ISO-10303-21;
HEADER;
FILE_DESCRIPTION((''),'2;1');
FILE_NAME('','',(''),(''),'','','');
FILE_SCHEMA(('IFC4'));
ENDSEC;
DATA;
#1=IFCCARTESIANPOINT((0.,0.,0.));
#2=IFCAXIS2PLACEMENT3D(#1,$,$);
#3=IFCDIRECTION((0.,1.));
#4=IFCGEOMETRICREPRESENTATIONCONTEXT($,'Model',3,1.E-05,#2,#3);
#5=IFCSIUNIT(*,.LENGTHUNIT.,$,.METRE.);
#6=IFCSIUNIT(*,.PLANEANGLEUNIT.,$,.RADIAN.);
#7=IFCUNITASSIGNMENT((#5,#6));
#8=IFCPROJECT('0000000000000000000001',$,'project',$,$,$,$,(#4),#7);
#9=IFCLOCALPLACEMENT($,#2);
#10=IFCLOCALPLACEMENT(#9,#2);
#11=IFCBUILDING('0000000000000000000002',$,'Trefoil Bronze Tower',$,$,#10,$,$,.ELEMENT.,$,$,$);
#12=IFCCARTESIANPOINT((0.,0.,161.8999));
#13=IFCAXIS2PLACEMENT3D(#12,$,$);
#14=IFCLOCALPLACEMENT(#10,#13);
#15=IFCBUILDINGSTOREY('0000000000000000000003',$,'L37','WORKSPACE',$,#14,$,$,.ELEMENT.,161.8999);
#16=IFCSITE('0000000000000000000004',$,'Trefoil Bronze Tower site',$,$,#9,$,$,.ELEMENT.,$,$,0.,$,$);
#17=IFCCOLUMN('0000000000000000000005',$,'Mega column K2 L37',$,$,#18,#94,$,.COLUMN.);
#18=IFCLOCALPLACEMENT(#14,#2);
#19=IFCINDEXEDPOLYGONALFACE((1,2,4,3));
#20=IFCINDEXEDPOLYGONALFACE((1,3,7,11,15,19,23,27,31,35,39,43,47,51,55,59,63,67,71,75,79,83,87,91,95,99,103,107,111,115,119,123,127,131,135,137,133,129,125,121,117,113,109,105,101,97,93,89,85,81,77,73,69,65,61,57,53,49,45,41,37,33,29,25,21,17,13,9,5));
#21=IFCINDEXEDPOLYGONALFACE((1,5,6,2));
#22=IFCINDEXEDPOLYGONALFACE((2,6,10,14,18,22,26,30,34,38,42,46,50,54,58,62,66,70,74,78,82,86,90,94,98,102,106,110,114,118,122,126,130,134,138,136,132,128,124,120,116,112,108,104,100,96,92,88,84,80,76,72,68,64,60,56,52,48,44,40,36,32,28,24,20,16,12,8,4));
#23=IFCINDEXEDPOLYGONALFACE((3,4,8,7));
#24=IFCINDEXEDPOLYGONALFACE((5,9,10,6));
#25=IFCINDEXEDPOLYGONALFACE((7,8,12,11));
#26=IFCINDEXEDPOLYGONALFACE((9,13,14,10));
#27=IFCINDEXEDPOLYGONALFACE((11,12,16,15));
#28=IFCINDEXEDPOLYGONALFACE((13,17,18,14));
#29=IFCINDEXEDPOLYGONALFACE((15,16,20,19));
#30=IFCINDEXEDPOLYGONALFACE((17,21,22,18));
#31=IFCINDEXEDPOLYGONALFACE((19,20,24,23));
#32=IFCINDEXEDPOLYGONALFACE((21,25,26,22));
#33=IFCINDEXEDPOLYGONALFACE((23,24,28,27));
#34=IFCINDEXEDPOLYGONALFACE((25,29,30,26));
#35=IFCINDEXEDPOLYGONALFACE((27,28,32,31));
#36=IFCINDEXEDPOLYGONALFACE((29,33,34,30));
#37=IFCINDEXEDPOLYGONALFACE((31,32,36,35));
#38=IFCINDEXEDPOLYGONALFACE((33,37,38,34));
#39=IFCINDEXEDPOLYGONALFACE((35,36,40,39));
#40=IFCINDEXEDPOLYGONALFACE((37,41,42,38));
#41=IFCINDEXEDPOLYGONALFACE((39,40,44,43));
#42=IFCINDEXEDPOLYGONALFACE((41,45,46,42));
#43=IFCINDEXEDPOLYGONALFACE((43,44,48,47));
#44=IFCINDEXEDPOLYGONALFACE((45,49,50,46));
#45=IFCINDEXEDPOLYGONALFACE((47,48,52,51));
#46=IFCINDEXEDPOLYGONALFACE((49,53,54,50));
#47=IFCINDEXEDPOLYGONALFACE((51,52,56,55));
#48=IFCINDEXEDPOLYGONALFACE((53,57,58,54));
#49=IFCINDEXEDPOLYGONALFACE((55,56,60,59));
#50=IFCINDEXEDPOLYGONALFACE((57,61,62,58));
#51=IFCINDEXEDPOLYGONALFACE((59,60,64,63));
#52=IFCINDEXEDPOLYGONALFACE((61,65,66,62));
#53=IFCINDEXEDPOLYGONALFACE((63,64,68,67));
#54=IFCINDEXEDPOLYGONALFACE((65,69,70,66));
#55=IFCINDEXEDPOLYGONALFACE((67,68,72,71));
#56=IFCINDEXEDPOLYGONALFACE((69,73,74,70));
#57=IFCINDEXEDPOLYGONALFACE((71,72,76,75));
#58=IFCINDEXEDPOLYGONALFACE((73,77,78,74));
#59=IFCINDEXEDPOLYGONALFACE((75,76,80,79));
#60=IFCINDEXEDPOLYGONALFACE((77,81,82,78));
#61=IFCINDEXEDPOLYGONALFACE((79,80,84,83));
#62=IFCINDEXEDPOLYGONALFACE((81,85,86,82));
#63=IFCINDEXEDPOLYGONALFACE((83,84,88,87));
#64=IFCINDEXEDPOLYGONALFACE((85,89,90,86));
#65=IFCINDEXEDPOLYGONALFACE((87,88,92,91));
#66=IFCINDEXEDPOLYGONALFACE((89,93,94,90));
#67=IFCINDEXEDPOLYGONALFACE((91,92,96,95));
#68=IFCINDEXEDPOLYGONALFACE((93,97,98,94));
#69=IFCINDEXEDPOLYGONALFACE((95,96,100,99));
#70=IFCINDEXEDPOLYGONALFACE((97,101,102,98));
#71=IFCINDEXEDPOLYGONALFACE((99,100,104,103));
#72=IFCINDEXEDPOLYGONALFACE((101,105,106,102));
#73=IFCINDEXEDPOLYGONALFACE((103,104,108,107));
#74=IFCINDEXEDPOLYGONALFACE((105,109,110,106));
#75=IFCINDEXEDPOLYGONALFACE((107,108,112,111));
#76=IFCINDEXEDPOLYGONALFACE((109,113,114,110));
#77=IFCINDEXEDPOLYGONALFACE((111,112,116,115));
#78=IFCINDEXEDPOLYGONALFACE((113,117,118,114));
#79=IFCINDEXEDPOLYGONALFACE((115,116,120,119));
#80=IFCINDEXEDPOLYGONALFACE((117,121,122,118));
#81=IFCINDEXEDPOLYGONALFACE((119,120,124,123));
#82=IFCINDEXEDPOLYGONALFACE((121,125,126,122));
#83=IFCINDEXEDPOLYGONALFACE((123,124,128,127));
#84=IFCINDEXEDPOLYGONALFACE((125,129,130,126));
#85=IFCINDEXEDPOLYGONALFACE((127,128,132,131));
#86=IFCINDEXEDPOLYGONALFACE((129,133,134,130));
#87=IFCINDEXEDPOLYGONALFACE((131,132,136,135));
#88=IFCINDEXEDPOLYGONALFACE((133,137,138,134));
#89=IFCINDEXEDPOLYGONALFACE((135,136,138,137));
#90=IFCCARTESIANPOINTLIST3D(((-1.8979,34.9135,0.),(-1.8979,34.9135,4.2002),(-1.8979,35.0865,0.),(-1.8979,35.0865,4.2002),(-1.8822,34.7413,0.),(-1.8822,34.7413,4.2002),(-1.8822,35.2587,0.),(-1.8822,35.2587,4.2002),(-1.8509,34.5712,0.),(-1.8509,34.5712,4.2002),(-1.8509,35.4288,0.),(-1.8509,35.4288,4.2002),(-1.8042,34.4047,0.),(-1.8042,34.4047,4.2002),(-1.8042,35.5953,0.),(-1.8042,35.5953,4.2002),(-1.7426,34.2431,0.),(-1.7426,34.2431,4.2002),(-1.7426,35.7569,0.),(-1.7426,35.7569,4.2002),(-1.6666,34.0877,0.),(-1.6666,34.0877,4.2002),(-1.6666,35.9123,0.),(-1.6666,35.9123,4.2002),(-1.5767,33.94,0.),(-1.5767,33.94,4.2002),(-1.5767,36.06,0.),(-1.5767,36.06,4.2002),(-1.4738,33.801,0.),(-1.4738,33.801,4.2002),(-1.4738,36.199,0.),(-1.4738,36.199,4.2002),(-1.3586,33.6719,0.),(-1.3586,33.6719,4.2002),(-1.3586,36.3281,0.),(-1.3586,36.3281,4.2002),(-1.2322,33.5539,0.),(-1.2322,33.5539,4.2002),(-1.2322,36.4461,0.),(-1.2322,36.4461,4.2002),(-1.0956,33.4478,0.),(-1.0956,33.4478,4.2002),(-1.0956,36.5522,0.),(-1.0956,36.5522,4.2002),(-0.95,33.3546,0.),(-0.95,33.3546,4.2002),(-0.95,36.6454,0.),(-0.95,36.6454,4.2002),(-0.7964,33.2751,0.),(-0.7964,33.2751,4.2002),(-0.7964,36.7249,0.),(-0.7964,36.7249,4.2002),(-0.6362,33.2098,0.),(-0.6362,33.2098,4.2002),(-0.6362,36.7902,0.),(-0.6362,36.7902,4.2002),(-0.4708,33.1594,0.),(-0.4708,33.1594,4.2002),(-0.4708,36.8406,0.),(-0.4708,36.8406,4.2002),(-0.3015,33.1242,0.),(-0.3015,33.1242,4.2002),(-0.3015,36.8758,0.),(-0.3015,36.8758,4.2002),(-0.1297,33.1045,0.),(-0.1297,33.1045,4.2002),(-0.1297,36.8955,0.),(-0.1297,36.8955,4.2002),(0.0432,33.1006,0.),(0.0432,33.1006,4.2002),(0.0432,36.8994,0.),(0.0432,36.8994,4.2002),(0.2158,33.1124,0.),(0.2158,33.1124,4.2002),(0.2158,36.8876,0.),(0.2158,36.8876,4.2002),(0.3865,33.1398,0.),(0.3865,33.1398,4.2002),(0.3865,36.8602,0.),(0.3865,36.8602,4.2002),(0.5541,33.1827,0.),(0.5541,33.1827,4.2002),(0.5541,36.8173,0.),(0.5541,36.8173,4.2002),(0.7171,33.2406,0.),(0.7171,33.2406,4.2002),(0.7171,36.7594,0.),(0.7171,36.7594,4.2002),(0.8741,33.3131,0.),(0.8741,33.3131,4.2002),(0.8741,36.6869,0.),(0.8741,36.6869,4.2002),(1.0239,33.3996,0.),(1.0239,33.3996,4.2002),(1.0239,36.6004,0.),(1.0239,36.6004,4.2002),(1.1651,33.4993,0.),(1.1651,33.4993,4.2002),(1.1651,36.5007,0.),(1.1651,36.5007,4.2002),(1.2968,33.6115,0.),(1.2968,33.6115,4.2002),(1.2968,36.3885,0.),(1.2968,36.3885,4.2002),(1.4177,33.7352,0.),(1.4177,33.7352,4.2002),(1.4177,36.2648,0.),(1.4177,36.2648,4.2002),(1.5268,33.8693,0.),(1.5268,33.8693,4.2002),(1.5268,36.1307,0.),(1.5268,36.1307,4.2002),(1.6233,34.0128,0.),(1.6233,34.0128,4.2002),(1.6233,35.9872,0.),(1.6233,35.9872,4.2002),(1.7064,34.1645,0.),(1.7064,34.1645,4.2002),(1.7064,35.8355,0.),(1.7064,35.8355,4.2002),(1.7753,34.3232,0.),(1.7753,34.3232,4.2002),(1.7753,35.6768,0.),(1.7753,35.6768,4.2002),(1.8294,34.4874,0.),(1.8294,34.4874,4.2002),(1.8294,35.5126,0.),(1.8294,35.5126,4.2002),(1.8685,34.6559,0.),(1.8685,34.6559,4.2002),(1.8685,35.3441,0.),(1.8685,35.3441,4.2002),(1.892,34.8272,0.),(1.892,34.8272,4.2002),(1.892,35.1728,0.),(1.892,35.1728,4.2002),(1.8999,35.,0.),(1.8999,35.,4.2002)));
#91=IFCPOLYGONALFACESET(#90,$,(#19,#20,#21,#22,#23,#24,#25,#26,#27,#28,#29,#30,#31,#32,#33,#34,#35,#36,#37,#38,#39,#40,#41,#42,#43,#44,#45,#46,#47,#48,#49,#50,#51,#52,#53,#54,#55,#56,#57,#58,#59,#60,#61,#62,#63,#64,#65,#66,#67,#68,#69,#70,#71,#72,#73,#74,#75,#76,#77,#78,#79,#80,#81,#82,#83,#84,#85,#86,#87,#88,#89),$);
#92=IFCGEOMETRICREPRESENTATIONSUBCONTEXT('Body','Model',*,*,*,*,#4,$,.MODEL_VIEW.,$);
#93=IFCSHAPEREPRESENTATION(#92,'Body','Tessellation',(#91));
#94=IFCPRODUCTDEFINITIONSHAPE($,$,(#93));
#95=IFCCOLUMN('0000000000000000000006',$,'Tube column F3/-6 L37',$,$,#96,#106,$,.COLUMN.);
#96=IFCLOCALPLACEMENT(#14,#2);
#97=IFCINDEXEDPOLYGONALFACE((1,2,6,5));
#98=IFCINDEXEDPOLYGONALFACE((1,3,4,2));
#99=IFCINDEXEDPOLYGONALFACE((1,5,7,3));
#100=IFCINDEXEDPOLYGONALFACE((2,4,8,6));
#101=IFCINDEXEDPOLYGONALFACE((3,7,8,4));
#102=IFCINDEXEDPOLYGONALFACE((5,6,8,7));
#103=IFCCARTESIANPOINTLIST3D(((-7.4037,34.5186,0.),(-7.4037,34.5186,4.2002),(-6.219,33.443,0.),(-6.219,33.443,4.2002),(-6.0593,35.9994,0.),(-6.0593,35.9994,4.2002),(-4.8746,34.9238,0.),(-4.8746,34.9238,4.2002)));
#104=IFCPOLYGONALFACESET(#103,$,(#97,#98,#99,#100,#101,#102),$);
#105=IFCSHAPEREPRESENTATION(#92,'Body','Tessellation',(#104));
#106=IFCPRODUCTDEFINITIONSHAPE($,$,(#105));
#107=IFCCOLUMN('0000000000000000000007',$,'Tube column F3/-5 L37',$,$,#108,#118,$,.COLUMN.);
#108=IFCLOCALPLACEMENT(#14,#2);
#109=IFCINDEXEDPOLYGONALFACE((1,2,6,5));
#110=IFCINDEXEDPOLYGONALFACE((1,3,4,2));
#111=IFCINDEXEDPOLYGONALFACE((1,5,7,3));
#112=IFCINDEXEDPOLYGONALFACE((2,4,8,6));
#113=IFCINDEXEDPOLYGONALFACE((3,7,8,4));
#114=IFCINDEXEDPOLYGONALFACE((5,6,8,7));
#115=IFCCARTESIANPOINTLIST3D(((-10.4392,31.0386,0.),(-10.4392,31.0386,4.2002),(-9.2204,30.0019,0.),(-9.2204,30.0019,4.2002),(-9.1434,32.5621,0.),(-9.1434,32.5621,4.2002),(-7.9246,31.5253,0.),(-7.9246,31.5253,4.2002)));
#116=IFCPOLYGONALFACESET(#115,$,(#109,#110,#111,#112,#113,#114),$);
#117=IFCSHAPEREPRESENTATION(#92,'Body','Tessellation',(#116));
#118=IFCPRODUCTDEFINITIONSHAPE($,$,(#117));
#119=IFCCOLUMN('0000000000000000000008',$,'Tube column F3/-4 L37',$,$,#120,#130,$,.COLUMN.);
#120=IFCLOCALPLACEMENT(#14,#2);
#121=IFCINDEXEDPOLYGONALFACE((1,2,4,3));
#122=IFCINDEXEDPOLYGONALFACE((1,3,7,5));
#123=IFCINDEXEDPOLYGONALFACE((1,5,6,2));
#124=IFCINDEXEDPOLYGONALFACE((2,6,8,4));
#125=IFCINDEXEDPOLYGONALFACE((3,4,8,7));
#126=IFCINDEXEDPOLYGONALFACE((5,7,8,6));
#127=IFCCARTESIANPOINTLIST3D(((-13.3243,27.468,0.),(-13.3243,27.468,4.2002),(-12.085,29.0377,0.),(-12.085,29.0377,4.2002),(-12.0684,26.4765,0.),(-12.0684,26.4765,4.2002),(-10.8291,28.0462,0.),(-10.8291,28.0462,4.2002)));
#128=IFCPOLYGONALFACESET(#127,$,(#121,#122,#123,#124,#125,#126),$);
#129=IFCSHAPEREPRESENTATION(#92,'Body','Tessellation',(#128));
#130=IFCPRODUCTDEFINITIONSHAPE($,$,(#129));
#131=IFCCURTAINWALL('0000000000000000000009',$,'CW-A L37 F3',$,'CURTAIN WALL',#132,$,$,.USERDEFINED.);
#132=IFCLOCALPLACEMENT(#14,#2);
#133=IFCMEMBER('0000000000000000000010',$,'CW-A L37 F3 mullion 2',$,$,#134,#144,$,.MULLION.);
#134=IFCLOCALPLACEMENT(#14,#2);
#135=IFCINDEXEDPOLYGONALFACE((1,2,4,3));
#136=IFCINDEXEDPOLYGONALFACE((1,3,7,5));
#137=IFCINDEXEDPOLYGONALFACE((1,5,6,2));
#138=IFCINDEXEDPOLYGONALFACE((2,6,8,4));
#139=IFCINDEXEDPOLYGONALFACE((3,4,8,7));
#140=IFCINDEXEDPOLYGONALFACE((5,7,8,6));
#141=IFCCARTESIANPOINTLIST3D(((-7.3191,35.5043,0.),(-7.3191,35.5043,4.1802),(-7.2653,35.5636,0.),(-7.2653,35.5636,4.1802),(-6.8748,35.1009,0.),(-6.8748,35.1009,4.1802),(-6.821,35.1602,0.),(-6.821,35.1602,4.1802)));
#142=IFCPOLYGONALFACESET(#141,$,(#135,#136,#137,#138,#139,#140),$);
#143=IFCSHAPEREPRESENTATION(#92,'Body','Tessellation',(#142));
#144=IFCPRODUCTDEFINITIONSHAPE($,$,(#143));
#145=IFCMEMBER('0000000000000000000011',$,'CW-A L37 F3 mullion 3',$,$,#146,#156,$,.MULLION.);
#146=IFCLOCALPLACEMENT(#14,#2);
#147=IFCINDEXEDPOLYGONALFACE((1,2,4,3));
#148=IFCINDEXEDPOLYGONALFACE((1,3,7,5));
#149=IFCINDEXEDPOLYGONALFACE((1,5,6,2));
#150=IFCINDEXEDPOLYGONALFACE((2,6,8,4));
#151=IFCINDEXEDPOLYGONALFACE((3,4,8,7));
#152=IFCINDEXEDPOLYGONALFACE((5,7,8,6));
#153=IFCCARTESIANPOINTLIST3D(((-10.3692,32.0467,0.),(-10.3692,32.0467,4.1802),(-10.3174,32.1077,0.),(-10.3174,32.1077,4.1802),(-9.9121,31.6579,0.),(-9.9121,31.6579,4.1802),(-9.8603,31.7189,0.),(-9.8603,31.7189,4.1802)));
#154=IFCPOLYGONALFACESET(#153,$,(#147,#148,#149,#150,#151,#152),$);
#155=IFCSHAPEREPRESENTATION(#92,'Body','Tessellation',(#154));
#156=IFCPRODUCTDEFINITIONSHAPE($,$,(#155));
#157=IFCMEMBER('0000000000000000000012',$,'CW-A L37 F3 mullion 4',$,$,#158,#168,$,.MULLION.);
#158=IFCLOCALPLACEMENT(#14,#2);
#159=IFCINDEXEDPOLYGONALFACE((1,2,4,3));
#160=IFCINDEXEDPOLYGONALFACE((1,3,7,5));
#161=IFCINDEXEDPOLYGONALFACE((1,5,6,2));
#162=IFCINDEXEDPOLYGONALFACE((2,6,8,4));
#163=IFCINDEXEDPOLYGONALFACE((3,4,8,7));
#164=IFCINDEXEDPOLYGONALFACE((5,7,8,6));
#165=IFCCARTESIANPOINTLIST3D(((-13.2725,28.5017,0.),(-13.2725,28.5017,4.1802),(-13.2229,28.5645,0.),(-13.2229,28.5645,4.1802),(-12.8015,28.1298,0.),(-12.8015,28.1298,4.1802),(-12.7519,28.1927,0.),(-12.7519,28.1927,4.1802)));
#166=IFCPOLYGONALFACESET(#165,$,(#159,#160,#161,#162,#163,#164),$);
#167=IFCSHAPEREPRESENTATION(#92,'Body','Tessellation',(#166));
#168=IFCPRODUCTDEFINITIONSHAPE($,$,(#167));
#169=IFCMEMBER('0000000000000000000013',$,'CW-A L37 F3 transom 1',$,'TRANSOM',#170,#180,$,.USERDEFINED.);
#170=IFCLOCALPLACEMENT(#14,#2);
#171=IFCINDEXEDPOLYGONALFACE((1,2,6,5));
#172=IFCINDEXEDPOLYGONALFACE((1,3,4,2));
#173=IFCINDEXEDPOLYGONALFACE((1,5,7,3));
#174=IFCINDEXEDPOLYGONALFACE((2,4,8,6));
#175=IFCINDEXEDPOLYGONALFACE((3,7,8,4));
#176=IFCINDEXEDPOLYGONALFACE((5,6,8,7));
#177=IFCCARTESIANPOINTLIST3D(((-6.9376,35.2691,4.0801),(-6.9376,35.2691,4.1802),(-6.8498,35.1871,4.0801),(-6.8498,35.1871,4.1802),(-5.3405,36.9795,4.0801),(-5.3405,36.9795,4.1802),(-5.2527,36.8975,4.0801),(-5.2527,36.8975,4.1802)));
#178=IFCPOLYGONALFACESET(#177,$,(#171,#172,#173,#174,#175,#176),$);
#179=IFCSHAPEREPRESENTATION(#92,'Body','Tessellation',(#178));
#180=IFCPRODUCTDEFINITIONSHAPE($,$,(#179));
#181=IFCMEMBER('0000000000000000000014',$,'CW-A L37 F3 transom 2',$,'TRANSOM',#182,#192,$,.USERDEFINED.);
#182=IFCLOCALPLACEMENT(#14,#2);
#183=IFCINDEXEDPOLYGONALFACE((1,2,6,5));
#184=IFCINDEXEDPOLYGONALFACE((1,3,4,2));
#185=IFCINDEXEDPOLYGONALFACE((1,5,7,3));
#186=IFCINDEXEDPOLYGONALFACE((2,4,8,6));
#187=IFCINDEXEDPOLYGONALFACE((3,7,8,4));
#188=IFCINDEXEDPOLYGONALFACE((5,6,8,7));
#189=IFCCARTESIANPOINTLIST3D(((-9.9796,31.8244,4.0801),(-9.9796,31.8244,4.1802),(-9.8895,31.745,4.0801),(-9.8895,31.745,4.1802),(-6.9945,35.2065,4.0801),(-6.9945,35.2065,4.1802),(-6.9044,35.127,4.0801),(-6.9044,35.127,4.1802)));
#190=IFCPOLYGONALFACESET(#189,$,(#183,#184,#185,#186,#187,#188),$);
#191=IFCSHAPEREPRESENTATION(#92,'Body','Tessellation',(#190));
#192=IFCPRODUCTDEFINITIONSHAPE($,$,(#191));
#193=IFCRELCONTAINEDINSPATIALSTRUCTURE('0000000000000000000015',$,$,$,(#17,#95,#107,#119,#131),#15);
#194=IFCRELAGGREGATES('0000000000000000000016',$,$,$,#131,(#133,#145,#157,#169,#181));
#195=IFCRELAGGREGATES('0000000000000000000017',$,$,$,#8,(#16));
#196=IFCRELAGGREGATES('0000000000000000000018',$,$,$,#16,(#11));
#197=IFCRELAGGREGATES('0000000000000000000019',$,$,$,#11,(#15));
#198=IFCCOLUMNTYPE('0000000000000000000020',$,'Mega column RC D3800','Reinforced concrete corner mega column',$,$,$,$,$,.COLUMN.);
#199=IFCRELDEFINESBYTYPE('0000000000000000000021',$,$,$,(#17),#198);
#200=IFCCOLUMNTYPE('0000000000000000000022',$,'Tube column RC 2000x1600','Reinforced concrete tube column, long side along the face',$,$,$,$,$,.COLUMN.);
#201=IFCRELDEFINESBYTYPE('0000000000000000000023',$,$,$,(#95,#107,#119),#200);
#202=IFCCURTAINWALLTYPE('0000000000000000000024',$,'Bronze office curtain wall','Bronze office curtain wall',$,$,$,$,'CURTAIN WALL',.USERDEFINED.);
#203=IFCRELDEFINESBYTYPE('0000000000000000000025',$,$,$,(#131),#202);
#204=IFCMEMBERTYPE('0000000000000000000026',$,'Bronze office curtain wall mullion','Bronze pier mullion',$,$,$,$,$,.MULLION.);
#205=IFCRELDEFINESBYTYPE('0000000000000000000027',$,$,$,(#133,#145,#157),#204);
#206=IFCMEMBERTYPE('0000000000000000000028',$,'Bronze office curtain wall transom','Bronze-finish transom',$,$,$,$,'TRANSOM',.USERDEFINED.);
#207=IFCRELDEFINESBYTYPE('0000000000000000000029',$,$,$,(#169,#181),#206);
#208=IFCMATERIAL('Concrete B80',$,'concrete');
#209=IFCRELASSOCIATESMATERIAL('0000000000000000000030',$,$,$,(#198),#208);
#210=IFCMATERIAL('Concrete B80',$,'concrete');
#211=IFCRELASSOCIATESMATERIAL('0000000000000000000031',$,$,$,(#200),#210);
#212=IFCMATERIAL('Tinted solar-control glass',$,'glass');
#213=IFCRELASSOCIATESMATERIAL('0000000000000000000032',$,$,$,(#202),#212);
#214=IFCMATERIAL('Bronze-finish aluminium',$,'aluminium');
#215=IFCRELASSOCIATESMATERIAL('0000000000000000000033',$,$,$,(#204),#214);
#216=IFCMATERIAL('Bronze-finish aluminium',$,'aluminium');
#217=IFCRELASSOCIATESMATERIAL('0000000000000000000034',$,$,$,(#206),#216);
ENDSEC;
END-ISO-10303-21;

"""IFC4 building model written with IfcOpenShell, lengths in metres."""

from ifc_helpers import new_model, si_unit, direction, frame, origin, origin_2d, place, context, subcontext, project, spatial, rectangle, circle, extrude, material, material_profile, profile_set, type_object, element, aggregate, save


model = new_model("IFC4")

# Units and contexts
model_context = context("Model", 3, precision=1e-05, world=origin(), true_north=direction((0.0, 1.0)))
body_context = subcontext(model_context, "Body", "Model", "MODEL_VIEW")
ifc_project = project(units=[si_unit("LENGTHUNIT", "METRE"), si_unit("PLANEANGLEUNIT", "RADIAN")], contexts=[model_context])

# Site, building, storey
site_placement = place(None, origin())
site = spatial("IfcSite", under=ifc_project, at=site_placement, Name="Trefoil Bronze Tower site", CompositionType="ELEMENT", RefElevation=0.0)
building_placement = place(site_placement, origin())
building = spatial("IfcBuilding", under=site, at=building_placement, Name="Trefoil Bronze Tower", CompositionType="ELEMENT")
storey_placement = place(building_placement, frame((0.0, 0.0, 161.8999)))
storey = spatial("IfcBuildingStorey", under=building, at=storey_placement, Name="L37", Description="WORKSPACE", CompositionType="ELEMENT", Elevation=161.8999)

# Columns
ifc_material_1 = material(Name="Concrete B80", Category="concrete")
ifc_material_profile_1 = material_profile(ifc_material_1, circle(Radius=1.8999, at=origin_2d()), Name="RC D3800")
ifc_profile_set_1 = profile_set([ifc_material_profile_1], Name="Concrete B80")
column_type_1 = type_object("IfcColumnType", Name="Mega column RC D3800", Description="Reinforced concrete corner mega column", PredefinedType="COLUMN", material=ifc_profile_set_1)
column_placement = place(storey_placement, frame((0.0, 35.0, 0.0), z_axis=(0.0, 0.0, 1.0), x_axis=(1.0, 0.0, 0.0)))
element("IfcColumn", 1, at=column_placement, inside=storey, type_object=column_type_1, Name="Mega column K2 L37", PredefinedType="COLUMN", context=body_context, shape_type="SweptSolid", body=[
    extrude(circle(Radius=1.8999, at=origin_2d()), origin(), (0.0, 0.0, 1.0), 4.2002),
])
ifc_material_2 = material(Name="Concrete B80", Category="concrete")
ifc_material_profile_2 = material_profile(ifc_material_2, rectangle(XDim=2.0, YDim=1.6001, at=origin_2d()), Name="RC 2000x1600")
ifc_profile_set_2 = profile_set([ifc_material_profile_2], Name="Concrete B80")
column_type_2 = type_object("IfcColumnType", Name="Tube column RC 2000x1600", Description="Reinforced concrete tube column, long side along the face", PredefinedType="COLUMN", material=ifc_profile_set_2)
for number, where, z_axis, x_axis, name in (
    (2, (-6.1392, 34.7212, 0.0), (0.0, 0.0, 1.0), (-0.67221, -0.740361, 0.0), "Tube column F3/-6 L37"),
    (3, (-9.1819, 31.282, 0.0), (0.0, 0.0, 1.0), (-0.647904, -0.761722, 0.0), "Tube column F3/-5 L37"),
    (4, (-12.0767, 27.7571, 0.0), (0.0, 0.0, 1.0), (-0.619649, -0.784879, 0.0), "Tube column F3/-4 L37"),
):
    element("IfcColumn", number, at=place(storey_placement, frame(where, z_axis=z_axis, x_axis=x_axis)), inside=storey, type_object=column_type_2, Name=name, PredefinedType="COLUMN", context=body_context, shape_type="SweptSolid", body=[
        extrude(rectangle(XDim=2.0, YDim=1.6001, at=origin_2d()), origin(), (0.0, 0.0, 1.0), 4.2002),
    ])

# Curtain wall, members
ifc_material_3 = material(Name="Tinted solar-control glass", Category="glass")
curtain_wall_type_1 = type_object("IfcCurtainWallType", Name="Bronze office curtain wall", Description="Bronze office curtain wall", ElementType="CURTAIN WALL", PredefinedType="USERDEFINED", material=ifc_material_3)
curtain_wall_1_placement = place(storey_placement, origin())
curtain_wall_1 = element("IfcCurtainWall", 5, at=curtain_wall_1_placement, inside=storey, type_object=curtain_wall_type_1, Name="CW-A L37 F3", ObjectType="CURTAIN WALL", PredefinedType="USERDEFINED")
ifc_material_4 = material(Name="Bronze-finish aluminium", Category="aluminium")
ifc_material_profile_3 = material_profile(ifc_material_4, rectangle(XDim=0.6001, YDim=0.0801, at=origin_2d()), Name="CW-A mullion")
ifc_profile_set_3 = profile_set([ifc_material_profile_3], Name="Bronze-finish aluminium")
member_type_1 = type_object("IfcMemberType", Name="Bronze office curtain wall mullion", Description="Bronze pier mullion", PredefinedType="MULLION", material=ifc_profile_set_3)
member_1_placement = place(storey_placement, frame((-7.0701, 35.3323, 0.0), z_axis=(0.0, 0.0, 1.0), x_axis=(0.740361, -0.67221, 0.0)))
member_1 = element("IfcMember", 6, at=member_1_placement, type_object=member_type_1, Name="CW-A L37 F3 mullion 2", PredefinedType="MULLION", context=body_context, shape_type="SweptSolid", body=[
    extrude(rectangle(XDim=0.6001, YDim=0.0801, at=origin_2d()), origin(), (0.0, 0.0, 1.0), 4.1802),
])
member_2_placement = place(storey_placement, frame((-10.1147, 31.8828, 0.0), z_axis=(0.0, 0.0, 1.0), x_axis=(0.761722, -0.647904, 0.0)))
member_2 = element("IfcMember", 7, at=member_2_placement, type_object=member_type_1, Name="CW-A L37 F3 mullion 3", PredefinedType="MULLION", context=body_context, shape_type="SweptSolid", body=[
    extrude(rectangle(XDim=0.6001, YDim=0.0801, at=origin_2d()), origin(), (0.0, 0.0, 1.0), 4.1802),
])
member_3_placement = place(storey_placement, frame((-13.0122, 28.3472, 0.0), z_axis=(0.0, 0.0, 1.0), x_axis=(0.784879, -0.619649, 0.0)))
member_3 = element("IfcMember", 8, at=member_3_placement, type_object=member_type_1, Name="CW-A L37 F3 mullion 4", PredefinedType="MULLION", context=body_context, shape_type="SweptSolid", body=[
    extrude(rectangle(XDim=0.6001, YDim=0.0801, at=origin_2d()), origin(), (0.0, 0.0, 1.0), 4.1802),
])
ifc_material_5 = material(Name="Bronze-finish aluminium", Category="aluminium")
ifc_material_profile_4 = material_profile(ifc_material_5, rectangle(XDim=0.1201, YDim=0.1001, at=origin_2d()), Name="CW-A transom")
ifc_profile_set_4 = profile_set([ifc_material_profile_4], Name="Bronze-finish aluminium")
member_type_2 = type_object("IfcMemberType", Name="Bronze office curtain wall transom", Description="Bronze-finish transom", ElementType="TRANSOM", PredefinedType="USERDEFINED", material=ifc_profile_set_4)
member_4_placement = place(storey_placement, frame((-5.2966, 36.9385, 4.1301), z_axis=(-0.682489, -0.730896, 0.0), x_axis=(0.730896, -0.682489, 0.0)))
member_4 = element("IfcMember", 9, at=member_4_placement, type_object=member_type_2, Name="CW-A L37 F3 transom 1", ObjectType="TRANSOM", PredefinedType="USERDEFINED", context=body_context, shape_type="SweptSolid", body=[
    extrude(rectangle(XDim=0.1201, YDim=0.1001, at=origin_2d()), origin(), (0.0, 0.0, 1.0), 2.3401),
])
member_5_placement = place(storey_placement, frame((-6.9495, 35.1667, 4.1301), z_axis=(-0.661736, -0.749737, 0.0), x_axis=(0.749737, -0.661736, 0.0)))
member_5 = element("IfcMember", 10, at=member_5_placement, type_object=member_type_2, Name="CW-A L37 F3 transom 2", ObjectType="TRANSOM", PredefinedType="USERDEFINED", context=body_context, shape_type="SweptSolid", body=[
    extrude(rectangle(XDim=0.1201, YDim=0.1001, at=origin_2d()), origin(), (0.0, 0.0, 1.0), 4.511),
])

aggregate(curtain_wall_1, [member_1, member_2, member_3, member_4, member_5])

save(model, "model.ifc")
